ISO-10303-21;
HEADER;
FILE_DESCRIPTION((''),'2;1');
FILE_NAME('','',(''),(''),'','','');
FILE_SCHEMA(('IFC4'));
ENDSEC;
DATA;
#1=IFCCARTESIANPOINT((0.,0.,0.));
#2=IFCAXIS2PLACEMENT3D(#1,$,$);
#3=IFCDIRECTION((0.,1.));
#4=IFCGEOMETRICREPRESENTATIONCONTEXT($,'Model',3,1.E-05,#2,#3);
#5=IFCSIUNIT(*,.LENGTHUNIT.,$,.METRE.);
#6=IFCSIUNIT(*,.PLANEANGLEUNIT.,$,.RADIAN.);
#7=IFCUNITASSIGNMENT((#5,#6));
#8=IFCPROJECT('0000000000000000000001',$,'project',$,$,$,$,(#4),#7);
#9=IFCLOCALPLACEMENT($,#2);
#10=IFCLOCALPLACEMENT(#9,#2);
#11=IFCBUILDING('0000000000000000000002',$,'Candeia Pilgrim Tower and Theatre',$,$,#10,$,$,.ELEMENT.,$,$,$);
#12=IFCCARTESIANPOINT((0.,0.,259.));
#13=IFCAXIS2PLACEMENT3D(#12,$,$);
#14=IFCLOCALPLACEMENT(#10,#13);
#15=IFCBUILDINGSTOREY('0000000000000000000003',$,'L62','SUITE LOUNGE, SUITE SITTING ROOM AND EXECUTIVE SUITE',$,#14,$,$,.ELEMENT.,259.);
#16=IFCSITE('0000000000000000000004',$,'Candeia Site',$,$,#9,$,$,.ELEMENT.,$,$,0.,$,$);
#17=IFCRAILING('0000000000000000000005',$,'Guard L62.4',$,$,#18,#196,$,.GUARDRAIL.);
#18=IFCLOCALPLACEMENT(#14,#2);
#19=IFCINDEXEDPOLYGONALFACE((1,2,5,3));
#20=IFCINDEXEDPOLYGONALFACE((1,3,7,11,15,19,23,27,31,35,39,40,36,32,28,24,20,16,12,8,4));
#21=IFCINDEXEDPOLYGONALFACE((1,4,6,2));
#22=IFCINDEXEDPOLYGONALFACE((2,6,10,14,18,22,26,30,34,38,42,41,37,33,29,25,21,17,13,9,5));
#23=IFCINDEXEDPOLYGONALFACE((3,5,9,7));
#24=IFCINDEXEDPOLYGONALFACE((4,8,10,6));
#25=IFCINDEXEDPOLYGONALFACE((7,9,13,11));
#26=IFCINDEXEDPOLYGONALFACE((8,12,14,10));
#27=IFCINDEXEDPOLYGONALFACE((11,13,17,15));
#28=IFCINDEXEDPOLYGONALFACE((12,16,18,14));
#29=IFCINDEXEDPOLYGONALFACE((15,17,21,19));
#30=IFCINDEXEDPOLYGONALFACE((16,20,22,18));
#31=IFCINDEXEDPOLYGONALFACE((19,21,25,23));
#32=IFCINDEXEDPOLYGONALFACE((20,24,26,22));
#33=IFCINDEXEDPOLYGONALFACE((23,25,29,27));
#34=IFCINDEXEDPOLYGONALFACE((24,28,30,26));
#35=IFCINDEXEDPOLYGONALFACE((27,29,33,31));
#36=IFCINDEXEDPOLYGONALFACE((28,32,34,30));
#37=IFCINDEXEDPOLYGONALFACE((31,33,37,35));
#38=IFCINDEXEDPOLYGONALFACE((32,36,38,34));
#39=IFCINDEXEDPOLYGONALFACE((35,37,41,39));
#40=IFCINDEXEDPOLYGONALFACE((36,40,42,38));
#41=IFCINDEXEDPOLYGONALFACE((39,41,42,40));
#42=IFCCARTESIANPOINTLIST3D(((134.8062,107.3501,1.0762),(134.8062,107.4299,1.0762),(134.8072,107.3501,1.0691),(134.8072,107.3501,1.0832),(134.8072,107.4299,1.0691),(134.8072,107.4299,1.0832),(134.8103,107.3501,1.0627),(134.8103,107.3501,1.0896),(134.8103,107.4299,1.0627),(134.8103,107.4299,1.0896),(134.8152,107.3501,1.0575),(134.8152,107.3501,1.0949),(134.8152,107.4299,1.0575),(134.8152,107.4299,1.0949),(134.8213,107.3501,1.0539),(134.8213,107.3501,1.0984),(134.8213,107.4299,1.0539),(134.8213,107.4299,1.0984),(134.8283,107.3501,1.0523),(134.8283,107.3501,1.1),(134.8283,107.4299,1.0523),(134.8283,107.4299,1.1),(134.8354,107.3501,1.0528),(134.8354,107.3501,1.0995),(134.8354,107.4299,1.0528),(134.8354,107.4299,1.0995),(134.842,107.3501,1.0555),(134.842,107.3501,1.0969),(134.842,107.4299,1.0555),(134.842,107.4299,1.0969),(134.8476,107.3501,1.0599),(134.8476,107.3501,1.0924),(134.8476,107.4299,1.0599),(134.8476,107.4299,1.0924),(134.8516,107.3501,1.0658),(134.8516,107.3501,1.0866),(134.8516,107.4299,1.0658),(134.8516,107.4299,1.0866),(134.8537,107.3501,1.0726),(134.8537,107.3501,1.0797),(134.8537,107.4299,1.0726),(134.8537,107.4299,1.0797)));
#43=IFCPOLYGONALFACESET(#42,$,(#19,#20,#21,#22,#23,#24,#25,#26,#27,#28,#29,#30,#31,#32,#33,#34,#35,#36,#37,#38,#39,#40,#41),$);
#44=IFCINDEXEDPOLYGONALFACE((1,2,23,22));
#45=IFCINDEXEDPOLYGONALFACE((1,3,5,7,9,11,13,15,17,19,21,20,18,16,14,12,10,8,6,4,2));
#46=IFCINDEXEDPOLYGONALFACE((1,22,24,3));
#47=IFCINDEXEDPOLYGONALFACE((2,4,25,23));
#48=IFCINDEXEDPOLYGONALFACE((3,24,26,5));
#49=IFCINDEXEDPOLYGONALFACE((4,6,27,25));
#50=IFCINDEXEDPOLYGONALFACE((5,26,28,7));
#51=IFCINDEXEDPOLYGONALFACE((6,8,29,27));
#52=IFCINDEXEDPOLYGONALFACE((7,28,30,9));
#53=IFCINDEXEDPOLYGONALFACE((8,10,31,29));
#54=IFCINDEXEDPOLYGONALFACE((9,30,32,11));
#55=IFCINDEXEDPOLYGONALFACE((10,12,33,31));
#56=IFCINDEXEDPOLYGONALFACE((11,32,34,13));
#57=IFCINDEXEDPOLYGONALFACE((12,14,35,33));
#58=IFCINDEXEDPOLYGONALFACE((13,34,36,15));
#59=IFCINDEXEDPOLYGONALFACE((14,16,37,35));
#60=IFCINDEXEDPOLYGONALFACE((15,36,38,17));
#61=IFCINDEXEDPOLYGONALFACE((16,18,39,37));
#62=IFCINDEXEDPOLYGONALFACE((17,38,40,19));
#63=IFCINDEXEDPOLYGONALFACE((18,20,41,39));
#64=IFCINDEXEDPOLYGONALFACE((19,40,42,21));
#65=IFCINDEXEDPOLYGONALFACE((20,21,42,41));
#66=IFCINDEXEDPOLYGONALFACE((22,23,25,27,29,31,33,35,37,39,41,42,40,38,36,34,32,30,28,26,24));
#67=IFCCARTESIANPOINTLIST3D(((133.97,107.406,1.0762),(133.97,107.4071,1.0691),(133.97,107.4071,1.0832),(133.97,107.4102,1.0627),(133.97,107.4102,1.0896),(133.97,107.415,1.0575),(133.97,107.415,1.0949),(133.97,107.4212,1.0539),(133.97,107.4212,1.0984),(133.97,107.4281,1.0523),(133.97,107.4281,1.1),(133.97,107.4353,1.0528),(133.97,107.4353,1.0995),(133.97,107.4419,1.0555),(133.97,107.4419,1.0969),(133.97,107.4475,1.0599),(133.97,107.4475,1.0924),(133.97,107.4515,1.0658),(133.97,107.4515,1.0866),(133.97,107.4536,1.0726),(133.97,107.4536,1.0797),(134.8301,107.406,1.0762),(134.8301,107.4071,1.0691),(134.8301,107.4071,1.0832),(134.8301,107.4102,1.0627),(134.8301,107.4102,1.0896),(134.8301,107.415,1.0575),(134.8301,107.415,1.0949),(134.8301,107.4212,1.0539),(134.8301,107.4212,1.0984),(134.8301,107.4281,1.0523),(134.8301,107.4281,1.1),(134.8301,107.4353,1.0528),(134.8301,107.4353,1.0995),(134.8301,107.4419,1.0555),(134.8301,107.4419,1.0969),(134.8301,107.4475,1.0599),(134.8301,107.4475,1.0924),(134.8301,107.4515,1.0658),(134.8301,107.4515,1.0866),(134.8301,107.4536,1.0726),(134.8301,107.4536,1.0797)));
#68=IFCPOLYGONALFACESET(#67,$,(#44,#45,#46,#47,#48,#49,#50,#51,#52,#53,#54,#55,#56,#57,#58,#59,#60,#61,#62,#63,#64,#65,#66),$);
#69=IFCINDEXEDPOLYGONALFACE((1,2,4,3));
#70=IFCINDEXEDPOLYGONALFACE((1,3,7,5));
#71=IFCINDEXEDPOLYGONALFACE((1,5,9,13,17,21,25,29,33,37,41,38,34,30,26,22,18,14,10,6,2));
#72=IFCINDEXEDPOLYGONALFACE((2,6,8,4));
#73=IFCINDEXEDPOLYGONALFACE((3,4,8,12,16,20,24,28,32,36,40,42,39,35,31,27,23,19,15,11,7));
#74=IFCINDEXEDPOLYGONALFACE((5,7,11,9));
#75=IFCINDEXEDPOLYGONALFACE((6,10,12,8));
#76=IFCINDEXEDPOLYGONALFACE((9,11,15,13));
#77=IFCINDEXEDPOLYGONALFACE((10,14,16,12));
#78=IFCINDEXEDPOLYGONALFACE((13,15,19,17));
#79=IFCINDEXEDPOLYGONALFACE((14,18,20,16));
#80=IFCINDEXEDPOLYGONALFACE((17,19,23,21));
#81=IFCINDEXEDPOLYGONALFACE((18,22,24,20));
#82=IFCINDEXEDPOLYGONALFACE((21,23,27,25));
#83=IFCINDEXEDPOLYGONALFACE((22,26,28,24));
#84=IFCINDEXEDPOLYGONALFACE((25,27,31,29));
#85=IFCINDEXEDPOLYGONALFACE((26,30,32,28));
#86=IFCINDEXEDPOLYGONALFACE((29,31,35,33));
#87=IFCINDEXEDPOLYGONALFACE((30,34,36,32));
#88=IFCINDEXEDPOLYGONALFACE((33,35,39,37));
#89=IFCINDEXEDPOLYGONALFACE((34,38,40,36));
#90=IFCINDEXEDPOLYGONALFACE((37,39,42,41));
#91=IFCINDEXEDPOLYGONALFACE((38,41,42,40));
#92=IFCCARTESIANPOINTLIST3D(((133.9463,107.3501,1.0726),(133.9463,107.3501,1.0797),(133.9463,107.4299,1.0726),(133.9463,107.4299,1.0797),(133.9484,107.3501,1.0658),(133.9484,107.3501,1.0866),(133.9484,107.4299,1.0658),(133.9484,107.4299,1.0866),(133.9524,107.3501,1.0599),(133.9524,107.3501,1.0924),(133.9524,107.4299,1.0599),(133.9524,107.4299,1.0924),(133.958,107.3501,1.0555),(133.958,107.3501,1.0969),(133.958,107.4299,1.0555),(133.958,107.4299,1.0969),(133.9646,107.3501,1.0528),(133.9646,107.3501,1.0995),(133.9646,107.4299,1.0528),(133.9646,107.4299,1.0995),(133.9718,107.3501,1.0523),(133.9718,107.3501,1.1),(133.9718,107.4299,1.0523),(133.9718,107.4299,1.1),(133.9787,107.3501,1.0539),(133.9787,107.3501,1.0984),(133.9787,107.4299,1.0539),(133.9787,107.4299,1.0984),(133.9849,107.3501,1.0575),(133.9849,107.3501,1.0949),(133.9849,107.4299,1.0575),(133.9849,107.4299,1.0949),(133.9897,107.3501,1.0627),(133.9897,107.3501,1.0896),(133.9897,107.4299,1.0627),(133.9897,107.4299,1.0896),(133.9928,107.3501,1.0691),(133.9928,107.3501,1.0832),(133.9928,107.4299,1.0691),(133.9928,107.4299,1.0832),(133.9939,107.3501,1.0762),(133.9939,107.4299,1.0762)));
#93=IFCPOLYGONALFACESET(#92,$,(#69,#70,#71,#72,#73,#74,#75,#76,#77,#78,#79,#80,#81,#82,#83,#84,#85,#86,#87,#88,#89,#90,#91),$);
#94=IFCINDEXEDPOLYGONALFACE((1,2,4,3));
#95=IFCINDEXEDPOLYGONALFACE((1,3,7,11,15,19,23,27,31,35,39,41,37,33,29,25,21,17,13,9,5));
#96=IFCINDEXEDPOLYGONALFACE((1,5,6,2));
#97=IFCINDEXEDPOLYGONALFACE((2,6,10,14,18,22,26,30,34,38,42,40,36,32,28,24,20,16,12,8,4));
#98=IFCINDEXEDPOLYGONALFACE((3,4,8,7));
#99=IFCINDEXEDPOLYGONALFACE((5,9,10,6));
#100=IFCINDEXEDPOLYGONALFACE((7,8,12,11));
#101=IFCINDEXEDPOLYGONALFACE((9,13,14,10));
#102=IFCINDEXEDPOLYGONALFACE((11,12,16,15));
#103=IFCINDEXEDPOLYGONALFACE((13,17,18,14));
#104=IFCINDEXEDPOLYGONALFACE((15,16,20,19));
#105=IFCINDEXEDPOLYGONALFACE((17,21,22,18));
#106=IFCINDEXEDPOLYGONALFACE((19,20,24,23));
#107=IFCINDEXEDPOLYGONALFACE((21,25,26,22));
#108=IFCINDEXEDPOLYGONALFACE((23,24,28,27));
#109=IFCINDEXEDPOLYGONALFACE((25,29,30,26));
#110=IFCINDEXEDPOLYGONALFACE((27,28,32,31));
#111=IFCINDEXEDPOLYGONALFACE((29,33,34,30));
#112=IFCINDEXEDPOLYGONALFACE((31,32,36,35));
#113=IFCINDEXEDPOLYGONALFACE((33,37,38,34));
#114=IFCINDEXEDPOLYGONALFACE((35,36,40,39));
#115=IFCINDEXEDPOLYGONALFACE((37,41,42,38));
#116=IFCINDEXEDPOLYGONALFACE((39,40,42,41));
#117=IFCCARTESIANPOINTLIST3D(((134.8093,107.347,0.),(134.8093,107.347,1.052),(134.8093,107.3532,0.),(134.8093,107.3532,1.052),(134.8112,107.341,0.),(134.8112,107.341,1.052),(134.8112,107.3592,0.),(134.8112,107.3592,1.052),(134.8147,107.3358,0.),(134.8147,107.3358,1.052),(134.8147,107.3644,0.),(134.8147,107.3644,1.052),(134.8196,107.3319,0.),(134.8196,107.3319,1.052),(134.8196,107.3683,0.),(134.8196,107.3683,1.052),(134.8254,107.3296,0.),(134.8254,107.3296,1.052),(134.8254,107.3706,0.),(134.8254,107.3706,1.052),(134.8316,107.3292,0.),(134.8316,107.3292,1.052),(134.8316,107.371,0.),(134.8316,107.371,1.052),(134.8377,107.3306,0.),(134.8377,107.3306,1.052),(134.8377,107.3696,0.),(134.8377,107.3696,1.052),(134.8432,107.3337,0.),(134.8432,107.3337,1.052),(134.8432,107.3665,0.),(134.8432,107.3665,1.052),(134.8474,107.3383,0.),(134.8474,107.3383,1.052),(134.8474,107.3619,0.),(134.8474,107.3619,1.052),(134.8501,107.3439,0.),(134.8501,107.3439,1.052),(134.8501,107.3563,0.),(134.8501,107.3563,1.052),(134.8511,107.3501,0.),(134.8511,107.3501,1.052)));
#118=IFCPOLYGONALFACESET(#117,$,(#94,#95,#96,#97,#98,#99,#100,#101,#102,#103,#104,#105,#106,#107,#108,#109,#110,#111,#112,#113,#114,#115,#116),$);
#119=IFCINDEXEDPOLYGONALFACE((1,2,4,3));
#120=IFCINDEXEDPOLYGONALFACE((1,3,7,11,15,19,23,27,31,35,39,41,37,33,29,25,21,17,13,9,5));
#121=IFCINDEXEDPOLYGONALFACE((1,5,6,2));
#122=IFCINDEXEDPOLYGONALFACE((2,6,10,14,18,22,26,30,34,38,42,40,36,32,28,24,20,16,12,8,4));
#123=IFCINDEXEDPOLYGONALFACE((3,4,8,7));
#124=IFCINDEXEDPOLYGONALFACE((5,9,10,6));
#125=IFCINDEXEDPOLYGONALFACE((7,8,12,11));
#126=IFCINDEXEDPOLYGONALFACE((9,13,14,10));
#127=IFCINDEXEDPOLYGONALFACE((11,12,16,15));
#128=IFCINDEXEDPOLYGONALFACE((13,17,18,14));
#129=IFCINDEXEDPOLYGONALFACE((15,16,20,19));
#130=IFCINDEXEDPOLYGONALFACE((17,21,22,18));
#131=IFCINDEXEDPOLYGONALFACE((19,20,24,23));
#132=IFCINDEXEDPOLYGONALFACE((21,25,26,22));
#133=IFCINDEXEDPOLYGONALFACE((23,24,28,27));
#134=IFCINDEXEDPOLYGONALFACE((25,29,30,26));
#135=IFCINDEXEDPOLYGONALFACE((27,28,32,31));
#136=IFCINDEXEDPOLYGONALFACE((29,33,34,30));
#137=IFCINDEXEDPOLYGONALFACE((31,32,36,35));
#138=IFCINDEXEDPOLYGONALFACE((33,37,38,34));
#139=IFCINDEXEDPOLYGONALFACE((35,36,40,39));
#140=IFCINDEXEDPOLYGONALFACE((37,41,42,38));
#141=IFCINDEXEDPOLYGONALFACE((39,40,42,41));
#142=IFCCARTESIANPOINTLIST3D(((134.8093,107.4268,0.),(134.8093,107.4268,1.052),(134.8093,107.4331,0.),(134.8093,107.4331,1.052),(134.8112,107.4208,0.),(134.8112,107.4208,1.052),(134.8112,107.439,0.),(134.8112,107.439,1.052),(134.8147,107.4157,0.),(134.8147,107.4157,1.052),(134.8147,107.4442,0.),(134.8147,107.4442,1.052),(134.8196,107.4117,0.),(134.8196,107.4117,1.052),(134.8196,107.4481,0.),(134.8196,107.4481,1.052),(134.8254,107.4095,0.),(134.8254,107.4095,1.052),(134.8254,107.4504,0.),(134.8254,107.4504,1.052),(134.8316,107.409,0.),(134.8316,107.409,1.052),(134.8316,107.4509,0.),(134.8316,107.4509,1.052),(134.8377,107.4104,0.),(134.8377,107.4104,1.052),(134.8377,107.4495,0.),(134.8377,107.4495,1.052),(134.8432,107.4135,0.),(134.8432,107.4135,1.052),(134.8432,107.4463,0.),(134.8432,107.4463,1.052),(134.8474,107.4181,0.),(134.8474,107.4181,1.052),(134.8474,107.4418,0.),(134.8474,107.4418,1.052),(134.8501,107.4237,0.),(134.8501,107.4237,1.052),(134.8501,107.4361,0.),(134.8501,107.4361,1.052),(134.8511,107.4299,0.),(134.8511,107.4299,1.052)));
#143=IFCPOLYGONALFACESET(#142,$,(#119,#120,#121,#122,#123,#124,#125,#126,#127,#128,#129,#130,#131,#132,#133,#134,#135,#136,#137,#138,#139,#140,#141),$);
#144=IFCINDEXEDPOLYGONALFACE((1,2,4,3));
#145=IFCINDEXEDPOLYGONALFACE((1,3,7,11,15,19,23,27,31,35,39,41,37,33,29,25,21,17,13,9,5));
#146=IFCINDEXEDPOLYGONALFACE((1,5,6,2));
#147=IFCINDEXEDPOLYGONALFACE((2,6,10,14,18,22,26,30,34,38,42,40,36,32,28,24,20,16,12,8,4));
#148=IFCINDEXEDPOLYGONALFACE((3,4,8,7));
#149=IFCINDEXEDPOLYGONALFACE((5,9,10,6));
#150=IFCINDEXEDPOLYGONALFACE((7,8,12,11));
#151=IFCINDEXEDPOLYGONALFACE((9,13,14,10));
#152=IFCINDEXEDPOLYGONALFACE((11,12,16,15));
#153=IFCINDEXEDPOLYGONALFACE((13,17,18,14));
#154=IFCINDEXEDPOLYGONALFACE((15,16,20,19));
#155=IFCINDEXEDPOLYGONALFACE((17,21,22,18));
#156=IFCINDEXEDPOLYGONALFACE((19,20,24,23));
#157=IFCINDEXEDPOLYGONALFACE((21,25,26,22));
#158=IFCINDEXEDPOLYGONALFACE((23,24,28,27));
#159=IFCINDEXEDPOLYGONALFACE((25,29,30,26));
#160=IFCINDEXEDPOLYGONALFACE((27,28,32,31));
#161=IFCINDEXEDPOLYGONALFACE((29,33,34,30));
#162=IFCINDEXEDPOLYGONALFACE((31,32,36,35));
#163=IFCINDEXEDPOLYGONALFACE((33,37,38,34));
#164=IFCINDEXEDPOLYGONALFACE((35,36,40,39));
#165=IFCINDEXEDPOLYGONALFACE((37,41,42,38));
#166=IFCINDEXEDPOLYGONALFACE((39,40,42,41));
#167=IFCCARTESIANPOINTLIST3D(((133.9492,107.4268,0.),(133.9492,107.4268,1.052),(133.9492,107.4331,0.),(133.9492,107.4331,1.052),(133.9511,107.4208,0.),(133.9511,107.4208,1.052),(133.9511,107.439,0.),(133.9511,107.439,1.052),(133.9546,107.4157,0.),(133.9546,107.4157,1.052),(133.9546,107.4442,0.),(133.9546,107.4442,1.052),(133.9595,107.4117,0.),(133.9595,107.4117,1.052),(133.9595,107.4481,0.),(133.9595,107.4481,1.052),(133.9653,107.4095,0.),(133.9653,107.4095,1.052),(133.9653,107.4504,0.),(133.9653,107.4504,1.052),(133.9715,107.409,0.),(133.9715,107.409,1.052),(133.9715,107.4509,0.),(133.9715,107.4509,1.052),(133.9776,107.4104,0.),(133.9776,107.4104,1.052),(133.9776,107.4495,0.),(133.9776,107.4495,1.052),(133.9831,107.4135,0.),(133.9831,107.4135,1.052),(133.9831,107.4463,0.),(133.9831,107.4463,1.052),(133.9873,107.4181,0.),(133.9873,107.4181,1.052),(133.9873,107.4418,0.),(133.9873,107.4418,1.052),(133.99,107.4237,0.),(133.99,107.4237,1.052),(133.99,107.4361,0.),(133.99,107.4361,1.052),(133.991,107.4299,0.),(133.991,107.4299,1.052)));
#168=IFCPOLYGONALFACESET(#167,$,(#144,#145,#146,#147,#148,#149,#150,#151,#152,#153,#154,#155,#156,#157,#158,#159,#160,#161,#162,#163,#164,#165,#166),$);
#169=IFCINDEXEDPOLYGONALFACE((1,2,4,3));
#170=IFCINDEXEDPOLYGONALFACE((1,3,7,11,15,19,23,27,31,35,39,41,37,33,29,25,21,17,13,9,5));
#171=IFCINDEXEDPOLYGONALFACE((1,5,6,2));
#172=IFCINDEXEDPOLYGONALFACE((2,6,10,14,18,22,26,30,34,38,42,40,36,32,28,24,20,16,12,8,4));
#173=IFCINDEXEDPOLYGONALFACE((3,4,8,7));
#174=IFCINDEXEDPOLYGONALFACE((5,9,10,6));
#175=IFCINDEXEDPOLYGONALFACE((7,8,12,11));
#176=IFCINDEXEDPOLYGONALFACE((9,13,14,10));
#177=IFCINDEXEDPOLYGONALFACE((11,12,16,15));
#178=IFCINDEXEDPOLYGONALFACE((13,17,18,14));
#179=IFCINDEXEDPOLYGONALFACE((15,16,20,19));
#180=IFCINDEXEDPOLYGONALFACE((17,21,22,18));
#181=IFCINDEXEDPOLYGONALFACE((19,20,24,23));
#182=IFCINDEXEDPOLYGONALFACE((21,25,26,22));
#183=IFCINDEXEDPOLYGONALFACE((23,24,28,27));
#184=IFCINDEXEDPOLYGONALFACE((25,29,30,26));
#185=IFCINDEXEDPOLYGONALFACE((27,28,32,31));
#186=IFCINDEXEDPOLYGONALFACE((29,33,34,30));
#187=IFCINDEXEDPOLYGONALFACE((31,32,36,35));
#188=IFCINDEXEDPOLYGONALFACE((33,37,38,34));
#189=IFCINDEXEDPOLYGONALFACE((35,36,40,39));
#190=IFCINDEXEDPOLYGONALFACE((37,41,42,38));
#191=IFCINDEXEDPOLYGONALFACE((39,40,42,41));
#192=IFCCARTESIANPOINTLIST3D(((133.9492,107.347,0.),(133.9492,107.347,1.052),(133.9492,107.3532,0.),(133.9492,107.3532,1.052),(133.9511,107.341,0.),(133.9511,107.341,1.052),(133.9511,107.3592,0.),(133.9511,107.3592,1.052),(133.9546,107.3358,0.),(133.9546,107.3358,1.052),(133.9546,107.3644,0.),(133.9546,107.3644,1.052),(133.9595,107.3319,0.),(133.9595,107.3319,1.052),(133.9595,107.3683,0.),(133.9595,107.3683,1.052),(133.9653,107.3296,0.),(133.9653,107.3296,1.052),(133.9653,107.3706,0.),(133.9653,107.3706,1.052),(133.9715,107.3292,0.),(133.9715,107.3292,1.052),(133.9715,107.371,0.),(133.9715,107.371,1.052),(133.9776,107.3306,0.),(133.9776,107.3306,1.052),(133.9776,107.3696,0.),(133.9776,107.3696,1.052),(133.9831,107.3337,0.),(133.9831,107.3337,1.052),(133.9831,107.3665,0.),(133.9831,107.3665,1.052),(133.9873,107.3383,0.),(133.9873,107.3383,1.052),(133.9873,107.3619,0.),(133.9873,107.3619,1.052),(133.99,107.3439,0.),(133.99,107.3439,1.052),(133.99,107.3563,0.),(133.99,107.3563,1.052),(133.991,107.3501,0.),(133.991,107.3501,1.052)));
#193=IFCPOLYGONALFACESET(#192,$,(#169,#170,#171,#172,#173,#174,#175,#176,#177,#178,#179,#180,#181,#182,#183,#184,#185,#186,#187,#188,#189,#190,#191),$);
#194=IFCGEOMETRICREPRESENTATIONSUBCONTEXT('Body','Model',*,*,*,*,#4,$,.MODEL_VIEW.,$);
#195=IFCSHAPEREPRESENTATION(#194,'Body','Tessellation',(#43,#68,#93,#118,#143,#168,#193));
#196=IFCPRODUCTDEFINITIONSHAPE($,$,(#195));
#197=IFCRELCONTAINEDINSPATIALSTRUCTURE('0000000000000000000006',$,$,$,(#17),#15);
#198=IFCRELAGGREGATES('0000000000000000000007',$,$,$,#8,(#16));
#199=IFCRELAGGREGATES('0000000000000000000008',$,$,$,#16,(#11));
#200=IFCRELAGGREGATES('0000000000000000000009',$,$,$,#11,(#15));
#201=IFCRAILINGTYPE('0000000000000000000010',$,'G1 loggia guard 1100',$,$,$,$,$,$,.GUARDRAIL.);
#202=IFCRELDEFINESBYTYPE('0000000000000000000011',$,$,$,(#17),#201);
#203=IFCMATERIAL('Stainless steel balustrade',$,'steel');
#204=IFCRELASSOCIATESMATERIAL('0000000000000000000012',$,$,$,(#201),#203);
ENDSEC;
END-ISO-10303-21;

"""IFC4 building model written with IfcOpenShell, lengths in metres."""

from ifc_helpers import new_model, si_unit, direction, frame, origin, origin_2d, place, context, subcontext, project, spatial, circle, extrude, material, type_object, element, save


model = new_model("IFC4")

# Units and contexts
model_context = context("Model", 3, precision=1e-05, world=origin(), true_north=direction((0.0, 1.0)))
body_context = subcontext(model_context, "Body", "Model", "MODEL_VIEW")
ifc_project = project(units=[si_unit("LENGTHUNIT", "METRE"), si_unit("PLANEANGLEUNIT", "RADIAN")], contexts=[model_context])

# Site, building, storey
site_placement = place(None, origin())
site = spatial("IfcSite", under=ifc_project, at=site_placement, Name="Candeia Site", CompositionType="ELEMENT", RefElevation=0.0)
building_placement = place(site_placement, origin())
building = spatial("IfcBuilding", under=site, at=building_placement, Name="Candeia Pilgrim Tower and Theatre", CompositionType="ELEMENT")
storey_placement = place(building_placement, frame((0.0, 0.0, 259.0)))
storey = spatial("IfcBuildingStorey", under=building, at=storey_placement, Name="L62", Description="SUITE LOUNGE, SUITE SITTING ROOM AND EXECUTIVE SUITE", CompositionType="ELEMENT", Elevation=259.0)

# Railing
ifc_material_1 = material(Name="Stainless steel balustrade", Category="steel")
railing_type = type_object("IfcRailingType", Name="G1 loggia guard 1100", PredefinedType="GUARDRAIL", material=ifc_material_1)
railing_1_placement = place(storey_placement, frame((134.8301, 107.3501, 0.0)))
element("IfcRailing", 1, at=railing_1_placement, inside=storey, type_object=railing_type, Name="Guard L62.4", PredefinedType="GUARDRAIL", context=body_context, shape_type="SweptSolid", body=[
    extrude(circle(Radius=0.0239, at=origin_2d()), frame((0.0, 0.0, 1.0762), z_axis=(0.0, 1.0, 0.0), x_axis=(-1.0, 0.0, 0.0)), (0.0, 0.0, 1.0), 0.0798),
    extrude(circle(Radius=0.0239, at=origin_2d()), frame((0.0, 0.0798, 1.0762), z_axis=(-1.0, 0.0, 0.0), x_axis=(0.0, -1.0, 0.0)), (0.0, 0.0, 1.0), 0.8601),
    extrude(circle(Radius=0.0239, at=origin_2d()), frame((-0.8601, 0.0798, 1.0762), z_axis=(0.0, -1.0, 0.0), x_axis=(1.0, 0.0, 0.0)), (0.0, 0.0, 1.0), 0.0798),
    extrude(circle(Radius=0.021, at=origin_2d()), origin(), (0.0, 0.0, 1.0), 1.052),
    extrude(circle(Radius=0.021, at=origin_2d()), frame((0.0, 0.0798, 0.0)), (0.0, 0.0, 1.0), 1.052),
    extrude(circle(Radius=0.021, at=origin_2d()), frame((-0.8601, 0.0798, 0.0)), (0.0, 0.0, 1.0), 1.052),
    extrude(circle(Radius=0.021, at=origin_2d()), frame((-0.8601, 0.0, 0.0)), (0.0, 0.0, 1.0), 1.052),
])

save(model, "model.ifc")
